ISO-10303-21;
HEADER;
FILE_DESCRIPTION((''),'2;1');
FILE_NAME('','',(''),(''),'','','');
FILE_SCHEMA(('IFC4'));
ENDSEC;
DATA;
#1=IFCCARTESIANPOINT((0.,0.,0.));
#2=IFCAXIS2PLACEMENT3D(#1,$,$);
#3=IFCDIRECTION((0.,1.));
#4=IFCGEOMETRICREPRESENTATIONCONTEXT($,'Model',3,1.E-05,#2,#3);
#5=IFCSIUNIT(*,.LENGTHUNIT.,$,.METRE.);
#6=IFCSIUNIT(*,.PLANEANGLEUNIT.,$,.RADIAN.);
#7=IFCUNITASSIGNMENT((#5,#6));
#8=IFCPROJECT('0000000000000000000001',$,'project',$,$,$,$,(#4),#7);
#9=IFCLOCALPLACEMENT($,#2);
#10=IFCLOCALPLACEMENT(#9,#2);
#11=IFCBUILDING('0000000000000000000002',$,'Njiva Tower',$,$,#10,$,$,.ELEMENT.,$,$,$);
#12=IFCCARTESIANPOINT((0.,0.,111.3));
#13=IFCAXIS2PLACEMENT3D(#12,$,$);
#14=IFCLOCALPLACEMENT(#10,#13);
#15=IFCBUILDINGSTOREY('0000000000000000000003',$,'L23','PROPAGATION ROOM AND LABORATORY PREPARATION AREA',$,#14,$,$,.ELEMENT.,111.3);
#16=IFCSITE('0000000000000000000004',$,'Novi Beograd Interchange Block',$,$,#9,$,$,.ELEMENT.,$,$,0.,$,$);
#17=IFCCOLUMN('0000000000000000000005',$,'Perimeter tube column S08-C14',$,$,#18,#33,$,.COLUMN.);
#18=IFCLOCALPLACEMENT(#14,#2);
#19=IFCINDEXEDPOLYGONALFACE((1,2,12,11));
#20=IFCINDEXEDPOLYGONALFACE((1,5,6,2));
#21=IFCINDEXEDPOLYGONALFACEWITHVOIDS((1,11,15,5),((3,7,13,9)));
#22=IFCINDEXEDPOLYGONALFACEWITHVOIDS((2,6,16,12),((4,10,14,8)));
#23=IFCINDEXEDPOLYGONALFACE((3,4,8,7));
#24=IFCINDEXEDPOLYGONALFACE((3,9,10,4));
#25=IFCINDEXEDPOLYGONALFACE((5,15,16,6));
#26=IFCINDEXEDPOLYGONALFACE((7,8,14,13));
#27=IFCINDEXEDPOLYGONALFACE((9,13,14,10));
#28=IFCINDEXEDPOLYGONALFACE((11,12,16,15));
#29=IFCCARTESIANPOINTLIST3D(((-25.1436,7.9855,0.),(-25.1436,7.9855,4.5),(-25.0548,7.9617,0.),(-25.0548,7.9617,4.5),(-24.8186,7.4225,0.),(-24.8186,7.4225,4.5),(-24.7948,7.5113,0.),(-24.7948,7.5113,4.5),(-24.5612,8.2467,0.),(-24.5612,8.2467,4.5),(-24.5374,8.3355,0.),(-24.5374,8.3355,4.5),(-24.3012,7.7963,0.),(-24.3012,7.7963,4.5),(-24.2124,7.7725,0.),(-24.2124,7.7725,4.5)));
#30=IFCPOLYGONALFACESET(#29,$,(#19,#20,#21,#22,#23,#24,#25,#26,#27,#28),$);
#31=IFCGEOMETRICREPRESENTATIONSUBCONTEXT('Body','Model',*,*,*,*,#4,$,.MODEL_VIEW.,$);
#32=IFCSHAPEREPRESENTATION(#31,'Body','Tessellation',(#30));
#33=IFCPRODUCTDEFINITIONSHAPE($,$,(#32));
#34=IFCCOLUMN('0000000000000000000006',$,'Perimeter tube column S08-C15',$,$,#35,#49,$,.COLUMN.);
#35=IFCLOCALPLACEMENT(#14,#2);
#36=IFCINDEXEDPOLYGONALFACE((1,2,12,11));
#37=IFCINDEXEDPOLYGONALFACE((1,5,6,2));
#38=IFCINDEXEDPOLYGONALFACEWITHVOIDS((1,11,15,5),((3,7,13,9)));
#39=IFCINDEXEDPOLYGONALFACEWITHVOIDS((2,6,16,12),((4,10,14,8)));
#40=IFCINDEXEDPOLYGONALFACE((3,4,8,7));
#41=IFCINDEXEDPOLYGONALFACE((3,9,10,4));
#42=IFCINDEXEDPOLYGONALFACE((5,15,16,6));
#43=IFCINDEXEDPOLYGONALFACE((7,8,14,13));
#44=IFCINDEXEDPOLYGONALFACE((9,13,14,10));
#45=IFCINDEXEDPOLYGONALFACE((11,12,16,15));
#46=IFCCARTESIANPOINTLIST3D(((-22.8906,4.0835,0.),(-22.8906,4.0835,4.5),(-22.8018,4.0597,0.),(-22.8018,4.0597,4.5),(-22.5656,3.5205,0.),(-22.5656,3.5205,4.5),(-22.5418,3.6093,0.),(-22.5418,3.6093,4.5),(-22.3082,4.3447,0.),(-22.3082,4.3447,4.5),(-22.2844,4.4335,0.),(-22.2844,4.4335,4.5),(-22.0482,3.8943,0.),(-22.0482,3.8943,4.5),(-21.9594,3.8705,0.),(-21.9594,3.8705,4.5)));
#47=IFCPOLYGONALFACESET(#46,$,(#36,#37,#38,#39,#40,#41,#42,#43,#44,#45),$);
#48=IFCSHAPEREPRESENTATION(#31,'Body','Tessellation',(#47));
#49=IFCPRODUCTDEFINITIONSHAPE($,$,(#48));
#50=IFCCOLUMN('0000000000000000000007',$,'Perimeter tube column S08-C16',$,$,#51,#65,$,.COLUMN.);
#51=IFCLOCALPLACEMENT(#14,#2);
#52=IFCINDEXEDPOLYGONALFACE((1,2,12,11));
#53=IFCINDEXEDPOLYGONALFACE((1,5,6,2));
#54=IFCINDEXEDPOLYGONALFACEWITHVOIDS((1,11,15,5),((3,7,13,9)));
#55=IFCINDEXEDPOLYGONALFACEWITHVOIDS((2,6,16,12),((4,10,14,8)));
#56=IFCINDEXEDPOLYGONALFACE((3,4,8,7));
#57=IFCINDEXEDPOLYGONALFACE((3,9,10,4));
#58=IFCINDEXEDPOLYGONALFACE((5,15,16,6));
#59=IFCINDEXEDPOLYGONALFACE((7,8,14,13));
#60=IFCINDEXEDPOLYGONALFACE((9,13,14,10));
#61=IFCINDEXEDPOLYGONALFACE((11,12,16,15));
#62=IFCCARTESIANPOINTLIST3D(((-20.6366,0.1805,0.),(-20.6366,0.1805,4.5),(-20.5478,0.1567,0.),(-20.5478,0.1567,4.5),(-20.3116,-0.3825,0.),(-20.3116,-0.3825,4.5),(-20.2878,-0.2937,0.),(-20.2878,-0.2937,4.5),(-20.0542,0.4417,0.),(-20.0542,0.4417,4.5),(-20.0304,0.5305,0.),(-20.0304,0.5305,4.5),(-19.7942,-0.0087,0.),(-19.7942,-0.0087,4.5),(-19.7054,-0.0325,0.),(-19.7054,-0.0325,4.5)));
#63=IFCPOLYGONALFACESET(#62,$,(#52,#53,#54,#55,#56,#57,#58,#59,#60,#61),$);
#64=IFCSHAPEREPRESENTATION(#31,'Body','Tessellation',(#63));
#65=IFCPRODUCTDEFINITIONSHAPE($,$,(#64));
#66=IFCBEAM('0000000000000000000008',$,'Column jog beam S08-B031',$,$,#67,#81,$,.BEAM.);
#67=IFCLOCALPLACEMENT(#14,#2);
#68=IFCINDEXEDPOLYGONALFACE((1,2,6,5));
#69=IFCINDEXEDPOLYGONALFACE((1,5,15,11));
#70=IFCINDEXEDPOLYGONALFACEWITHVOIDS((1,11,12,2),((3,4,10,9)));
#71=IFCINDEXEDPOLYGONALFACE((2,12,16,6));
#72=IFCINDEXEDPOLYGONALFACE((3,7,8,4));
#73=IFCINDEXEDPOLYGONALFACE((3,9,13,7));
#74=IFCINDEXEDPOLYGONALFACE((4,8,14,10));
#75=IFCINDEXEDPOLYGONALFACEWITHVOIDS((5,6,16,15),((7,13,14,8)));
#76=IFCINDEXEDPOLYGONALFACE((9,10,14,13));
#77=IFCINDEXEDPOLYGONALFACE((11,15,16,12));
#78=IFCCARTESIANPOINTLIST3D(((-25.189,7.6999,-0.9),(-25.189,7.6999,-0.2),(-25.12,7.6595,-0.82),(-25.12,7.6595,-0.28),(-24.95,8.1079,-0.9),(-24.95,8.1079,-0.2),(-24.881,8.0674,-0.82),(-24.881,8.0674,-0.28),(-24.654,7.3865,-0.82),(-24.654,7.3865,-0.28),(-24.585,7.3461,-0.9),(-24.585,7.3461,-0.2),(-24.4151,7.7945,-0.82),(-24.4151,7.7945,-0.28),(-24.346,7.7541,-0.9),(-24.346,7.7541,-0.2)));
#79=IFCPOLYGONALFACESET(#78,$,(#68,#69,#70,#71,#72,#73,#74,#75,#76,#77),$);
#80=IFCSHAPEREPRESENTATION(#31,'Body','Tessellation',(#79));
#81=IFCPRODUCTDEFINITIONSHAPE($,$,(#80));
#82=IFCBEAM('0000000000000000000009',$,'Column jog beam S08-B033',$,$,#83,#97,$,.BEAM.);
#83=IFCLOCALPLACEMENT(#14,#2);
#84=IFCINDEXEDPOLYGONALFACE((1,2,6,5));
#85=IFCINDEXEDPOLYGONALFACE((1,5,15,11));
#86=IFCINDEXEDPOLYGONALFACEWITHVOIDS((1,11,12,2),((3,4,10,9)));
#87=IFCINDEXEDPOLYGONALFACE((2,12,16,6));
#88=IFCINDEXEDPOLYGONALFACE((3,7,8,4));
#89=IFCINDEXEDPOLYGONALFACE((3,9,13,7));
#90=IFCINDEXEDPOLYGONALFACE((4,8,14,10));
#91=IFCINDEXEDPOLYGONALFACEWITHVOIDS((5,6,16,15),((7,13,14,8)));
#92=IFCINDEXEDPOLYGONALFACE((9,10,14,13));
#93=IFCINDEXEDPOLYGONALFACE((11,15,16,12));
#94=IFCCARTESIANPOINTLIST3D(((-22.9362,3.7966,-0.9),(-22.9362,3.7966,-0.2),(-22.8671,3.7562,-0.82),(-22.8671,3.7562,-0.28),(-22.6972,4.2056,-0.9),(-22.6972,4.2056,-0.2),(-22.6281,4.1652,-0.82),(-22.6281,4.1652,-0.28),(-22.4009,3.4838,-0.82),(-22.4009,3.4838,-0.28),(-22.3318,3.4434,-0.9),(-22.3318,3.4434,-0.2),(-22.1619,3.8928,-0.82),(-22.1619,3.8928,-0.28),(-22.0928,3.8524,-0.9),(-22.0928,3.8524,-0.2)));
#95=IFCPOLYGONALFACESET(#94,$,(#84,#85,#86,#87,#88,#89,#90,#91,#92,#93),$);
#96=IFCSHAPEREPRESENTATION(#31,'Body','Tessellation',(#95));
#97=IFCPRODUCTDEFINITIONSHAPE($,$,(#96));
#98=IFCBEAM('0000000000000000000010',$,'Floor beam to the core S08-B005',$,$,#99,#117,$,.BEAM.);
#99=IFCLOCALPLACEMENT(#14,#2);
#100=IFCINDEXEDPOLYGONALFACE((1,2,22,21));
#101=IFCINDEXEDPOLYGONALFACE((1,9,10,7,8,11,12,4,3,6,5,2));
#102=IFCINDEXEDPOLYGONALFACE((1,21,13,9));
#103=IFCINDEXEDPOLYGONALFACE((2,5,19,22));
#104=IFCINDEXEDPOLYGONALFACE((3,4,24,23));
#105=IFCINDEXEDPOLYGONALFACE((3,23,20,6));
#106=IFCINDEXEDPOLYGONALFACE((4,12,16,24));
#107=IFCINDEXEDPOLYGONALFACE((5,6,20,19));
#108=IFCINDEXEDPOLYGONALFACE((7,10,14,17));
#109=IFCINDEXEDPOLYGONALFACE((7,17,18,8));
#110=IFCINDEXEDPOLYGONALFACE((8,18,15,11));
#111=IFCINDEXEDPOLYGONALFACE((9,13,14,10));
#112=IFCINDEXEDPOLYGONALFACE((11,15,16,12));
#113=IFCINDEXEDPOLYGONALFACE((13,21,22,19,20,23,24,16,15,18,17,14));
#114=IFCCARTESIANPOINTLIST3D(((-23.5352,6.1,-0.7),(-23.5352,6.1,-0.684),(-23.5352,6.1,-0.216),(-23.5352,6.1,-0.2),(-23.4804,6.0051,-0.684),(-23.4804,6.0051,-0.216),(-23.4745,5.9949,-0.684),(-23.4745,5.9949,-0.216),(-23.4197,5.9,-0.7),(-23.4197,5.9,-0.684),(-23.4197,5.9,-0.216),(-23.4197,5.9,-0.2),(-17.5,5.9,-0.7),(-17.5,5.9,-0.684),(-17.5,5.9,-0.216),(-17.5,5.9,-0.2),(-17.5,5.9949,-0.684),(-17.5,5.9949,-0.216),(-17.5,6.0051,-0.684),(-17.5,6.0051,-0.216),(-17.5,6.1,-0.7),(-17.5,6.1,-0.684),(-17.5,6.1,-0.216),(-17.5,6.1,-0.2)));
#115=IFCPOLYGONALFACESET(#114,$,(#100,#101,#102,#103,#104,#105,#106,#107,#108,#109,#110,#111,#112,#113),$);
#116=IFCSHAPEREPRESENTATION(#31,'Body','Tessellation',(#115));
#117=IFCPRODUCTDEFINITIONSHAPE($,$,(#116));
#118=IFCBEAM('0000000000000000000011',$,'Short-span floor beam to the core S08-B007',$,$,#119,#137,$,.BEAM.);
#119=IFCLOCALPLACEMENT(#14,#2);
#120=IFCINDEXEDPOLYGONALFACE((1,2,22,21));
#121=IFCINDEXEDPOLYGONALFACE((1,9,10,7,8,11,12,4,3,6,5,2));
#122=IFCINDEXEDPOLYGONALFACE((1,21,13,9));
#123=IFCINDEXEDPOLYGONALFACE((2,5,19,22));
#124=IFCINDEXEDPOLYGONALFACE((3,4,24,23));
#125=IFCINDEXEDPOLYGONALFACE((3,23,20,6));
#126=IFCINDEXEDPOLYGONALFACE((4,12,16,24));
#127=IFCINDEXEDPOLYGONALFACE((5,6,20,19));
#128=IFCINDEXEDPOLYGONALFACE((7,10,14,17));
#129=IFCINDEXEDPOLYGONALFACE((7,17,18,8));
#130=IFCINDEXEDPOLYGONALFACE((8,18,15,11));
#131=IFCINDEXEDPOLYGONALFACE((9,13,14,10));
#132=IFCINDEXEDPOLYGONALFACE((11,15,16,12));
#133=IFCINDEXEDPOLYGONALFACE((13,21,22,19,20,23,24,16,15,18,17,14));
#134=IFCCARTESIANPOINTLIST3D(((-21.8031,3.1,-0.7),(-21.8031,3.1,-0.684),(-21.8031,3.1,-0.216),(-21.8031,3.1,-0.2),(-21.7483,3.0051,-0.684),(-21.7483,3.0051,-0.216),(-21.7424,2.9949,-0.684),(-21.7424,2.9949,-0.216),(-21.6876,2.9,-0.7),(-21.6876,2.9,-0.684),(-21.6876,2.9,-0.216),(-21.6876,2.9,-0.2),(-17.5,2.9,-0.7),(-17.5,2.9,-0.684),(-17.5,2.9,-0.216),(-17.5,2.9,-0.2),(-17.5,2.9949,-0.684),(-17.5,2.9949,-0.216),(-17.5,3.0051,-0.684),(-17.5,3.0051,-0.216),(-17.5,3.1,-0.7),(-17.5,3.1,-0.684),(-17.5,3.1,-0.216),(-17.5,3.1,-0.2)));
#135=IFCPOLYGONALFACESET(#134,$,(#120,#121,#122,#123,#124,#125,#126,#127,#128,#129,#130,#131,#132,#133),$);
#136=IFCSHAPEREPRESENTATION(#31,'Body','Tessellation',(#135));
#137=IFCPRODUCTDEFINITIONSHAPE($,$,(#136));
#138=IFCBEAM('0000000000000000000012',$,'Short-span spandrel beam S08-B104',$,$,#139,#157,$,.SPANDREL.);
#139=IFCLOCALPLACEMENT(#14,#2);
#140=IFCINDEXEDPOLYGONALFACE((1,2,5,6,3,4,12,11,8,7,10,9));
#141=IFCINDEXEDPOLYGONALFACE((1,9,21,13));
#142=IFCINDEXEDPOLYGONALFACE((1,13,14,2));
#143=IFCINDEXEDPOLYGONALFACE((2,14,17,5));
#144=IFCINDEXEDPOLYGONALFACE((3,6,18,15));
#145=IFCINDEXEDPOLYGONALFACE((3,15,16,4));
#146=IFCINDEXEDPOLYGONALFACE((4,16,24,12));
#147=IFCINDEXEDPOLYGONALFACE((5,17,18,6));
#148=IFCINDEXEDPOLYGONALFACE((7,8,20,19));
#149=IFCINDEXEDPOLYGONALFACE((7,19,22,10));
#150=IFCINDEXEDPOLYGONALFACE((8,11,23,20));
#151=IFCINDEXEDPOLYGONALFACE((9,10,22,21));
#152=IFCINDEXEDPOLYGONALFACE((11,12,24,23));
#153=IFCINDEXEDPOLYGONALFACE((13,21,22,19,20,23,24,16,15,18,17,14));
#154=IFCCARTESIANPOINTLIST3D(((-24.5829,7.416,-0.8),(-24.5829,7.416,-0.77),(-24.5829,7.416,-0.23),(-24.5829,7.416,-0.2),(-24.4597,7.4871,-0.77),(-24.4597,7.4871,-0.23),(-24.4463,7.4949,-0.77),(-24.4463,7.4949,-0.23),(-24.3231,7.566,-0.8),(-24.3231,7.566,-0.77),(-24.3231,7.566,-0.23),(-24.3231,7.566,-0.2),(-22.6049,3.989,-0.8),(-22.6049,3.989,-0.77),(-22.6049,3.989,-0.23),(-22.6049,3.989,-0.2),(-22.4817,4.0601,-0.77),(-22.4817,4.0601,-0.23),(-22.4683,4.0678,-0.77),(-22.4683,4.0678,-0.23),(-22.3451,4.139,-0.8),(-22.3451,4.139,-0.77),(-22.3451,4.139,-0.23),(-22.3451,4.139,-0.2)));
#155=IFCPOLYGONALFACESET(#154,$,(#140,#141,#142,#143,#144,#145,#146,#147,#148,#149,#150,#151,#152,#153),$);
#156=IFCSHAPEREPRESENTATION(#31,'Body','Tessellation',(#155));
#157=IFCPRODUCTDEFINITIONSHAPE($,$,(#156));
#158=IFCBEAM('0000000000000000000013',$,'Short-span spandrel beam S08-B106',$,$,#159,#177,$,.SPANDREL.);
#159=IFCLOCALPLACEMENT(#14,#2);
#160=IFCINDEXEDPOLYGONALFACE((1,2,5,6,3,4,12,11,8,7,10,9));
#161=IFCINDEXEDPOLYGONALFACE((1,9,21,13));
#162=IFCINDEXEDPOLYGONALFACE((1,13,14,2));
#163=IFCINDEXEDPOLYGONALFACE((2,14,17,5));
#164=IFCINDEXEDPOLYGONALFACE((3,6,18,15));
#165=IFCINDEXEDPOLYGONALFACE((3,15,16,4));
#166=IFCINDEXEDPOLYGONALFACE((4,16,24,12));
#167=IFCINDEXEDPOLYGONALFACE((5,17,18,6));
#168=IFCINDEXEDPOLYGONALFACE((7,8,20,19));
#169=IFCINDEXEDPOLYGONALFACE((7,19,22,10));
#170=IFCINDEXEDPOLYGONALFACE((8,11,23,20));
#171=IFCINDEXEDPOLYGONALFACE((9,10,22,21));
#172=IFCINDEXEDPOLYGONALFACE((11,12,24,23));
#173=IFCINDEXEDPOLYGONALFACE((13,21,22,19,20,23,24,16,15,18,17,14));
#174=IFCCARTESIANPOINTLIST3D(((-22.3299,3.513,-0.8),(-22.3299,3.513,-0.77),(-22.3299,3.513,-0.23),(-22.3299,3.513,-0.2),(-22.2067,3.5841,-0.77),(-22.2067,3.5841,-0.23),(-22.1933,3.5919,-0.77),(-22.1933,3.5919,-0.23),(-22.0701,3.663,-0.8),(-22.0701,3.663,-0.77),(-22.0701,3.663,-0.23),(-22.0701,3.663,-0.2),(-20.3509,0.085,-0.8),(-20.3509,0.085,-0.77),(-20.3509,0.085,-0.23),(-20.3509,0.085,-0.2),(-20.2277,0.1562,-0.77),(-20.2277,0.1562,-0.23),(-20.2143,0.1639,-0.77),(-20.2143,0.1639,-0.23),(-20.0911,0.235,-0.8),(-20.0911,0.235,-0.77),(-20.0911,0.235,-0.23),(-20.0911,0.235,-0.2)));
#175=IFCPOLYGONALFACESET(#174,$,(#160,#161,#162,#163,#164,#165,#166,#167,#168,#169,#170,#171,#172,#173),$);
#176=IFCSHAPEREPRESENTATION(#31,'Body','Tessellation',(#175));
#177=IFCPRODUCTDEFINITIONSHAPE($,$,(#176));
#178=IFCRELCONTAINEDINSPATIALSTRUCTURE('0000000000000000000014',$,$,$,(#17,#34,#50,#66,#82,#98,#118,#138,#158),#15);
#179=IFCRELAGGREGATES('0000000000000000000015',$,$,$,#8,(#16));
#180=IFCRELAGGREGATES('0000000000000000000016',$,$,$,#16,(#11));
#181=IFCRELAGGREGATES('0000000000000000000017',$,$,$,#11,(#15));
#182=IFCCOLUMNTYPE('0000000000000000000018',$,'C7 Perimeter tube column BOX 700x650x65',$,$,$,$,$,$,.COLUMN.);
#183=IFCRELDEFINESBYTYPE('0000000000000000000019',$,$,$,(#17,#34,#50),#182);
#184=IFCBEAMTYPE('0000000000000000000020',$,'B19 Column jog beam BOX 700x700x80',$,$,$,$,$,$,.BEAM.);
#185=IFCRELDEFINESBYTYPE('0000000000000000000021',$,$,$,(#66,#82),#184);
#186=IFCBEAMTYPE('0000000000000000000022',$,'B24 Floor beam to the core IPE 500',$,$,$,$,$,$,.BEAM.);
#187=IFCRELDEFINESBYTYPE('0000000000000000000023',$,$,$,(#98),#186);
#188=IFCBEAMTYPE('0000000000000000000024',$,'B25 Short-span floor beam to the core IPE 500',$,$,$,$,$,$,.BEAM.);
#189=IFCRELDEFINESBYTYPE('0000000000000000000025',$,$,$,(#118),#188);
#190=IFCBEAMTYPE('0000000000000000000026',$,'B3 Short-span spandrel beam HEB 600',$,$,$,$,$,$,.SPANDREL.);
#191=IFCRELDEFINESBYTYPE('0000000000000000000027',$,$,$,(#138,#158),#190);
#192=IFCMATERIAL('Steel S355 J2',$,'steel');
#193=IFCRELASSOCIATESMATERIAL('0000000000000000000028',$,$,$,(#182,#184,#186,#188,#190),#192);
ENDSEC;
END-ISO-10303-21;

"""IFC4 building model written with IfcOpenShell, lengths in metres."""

from ifc_helpers import new_model, si_unit, direction, frame, origin, origin_2d, place, context, subcontext, project, spatial, hollow_rectangle, i_section, extrude, clip, halfspace, material, material_profile, profile_set, type_object, element, save


model = new_model("IFC4")

# Units and contexts
model_context = context("Model", 3, precision=1e-05, world=origin(), true_north=direction((0.0, 1.0)))
body_context = subcontext(model_context, "Body", "Model", "MODEL_VIEW")
ifc_project = project(units=[si_unit("LENGTHUNIT", "METRE"), si_unit("PLANEANGLEUNIT", "RADIAN")], contexts=[model_context])

# Site, building, storey
site_placement = place(None, origin())
site = spatial("IfcSite", under=ifc_project, at=site_placement, Name="Novi Beograd Interchange Block", CompositionType="ELEMENT", RefElevation=0.0)
building_placement = place(site_placement, origin())
building = spatial("IfcBuilding", under=site, at=building_placement, Name="Njiva Tower", CompositionType="ELEMENT")
storey_placement = place(building_placement, frame((0.0, 0.0, 111.3)))
storey = spatial("IfcBuildingStorey", under=building, at=storey_placement, Name="L23", Description="PROPAGATION ROOM AND LABORATORY PREPARATION AREA", CompositionType="ELEMENT", Elevation=111.3)

# Columns
ifc_material_1 = material(Name="Steel S355 J2", Category="steel")
ifc_material_profile_1 = material_profile(ifc_material_1, hollow_rectangle(XDim=0.65, YDim=0.7, WallThickness=0.065, at=origin_2d()), Name="BOX 700x650x65")
ifc_profile_set_1 = profile_set([ifc_material_profile_1], Name="Steel S355 J2")
column_type = type_object("IfcColumnType", Name="C7 Perimeter tube column BOX 700x650x65", PredefinedType="COLUMN", material=ifc_profile_set_1)
for number, where, z_axis, x_axis, name in (
    (1, (-24.678, 7.879, 0.0), (0.0, 0.0, 1.0), (0.5, -0.866025, 0.0), "Perimeter tube column S08-C14"),
    (2, (-22.425, 3.977, 0.0), (0.0, 0.0, 1.0), (0.5, -0.866025, 0.0), "Perimeter tube column S08-C15"),
    (3, (-20.171, 0.074, 0.0), (0.0, 0.0, 1.0), (0.5, -0.866025, 0.0), "Perimeter tube column S08-C16"),
):
    element("IfcColumn", number, at=place(storey_placement, frame(where, z_axis=z_axis, x_axis=x_axis)), inside=storey, type_object=column_type, Name=name, PredefinedType="COLUMN", context=body_context, shape_type="SweptSolid", body=[
        extrude(hollow_rectangle(XDim=0.65, YDim=0.7, WallThickness=0.065, at=origin_2d()), origin(), (0.0, 0.0, 1.0), 4.5),
    ])

# Beams
ifc_material_profile_2 = material_profile(ifc_material_1, hollow_rectangle(XDim=0.7, YDim=0.7, WallThickness=0.08, at=origin_2d()), Name="BOX 700x700x80")
ifc_profile_set_2 = profile_set([ifc_material_profile_2], Name="Steel S355 J2")
beam_type_1 = type_object("IfcBeamType", Name="B19 Column jog beam BOX 700x700x80", PredefinedType="BEAM", material=ifc_profile_set_2)
beam_1_placement = place(storey_placement, frame((-24.887, 7.523, -0.55), z_axis=(0.505448, 0.862857, 0.0), x_axis=(-0.862857, 0.505448, 0.0)))
element("IfcBeam", 4, at=beam_1_placement, inside=storey, type_object=beam_type_1, Name="Column jog beam S08-B031", PredefinedType="BEAM", context=body_context, shape_type="SweptSolid", body=[
    extrude(hollow_rectangle(XDim=0.7, YDim=0.7, WallThickness=0.08, at=origin_2d()), origin(), (0.0, 0.0, 1.0), 0.4728),
])
beam_2_placement = place(storey_placement, frame((-22.634, 3.62, -0.55), z_axis=(0.504527, 0.863396, 0.0), x_axis=(-0.863396, 0.504527, 0.0)))
element("IfcBeam", 5, at=beam_2_placement, inside=storey, type_object=beam_type_1, Name="Column jog beam S08-B033", PredefinedType="BEAM", context=body_context, shape_type="SweptSolid", body=[
    extrude(hollow_rectangle(XDim=0.7, YDim=0.7, WallThickness=0.08, at=origin_2d()), origin(), (0.0, 0.0, 1.0), 0.4737),
])
ifc_material_profile_3 = material_profile(ifc_material_1, i_section(OverallWidth=0.2, OverallDepth=0.5, WebThickness=0.0102, FlangeThickness=0.016, at=origin_2d()), Name="IPE 500")
ifc_profile_set_3 = profile_set([ifc_material_profile_3], Name="Steel S355 J2")
beam_type_2 = type_object("IfcBeamType", Name="B24 Floor beam to the core IPE 500", PredefinedType="BEAM", material=ifc_profile_set_3)
beam_3_placement = place(storey_placement, frame((-23.555, 6.0, -0.45), z_axis=(1.0, 0.0, 0.0), x_axis=(0.0, 1.0, 0.0)))
element("IfcBeam", 6, at=beam_3_placement, inside=storey, type_object=beam_type_2, Name="Floor beam to the core S08-B005", PredefinedType="BEAM", context=body_context, shape_type="Clipping", body=[
    clip(extrude(i_section(OverallWidth=0.2, OverallDepth=0.5, WebThickness=0.0102, FlangeThickness=0.016, at=origin_2d()), origin(), (0.0, 0.0, 1.0), 6.055), halfspace(frame((-0.025, 0.0, 0.092), z_axis=(-0.499998, 0.0, -0.866027), x_axis=(0.0, -1.0, 0.0)), False)),
])
ifc_material_profile_4 = material_profile(ifc_material_1, i_section(OverallWidth=0.2, OverallDepth=0.5, WebThickness=0.0102, FlangeThickness=0.016, at=origin_2d()), Name="IPE 500")
ifc_profile_set_4 = profile_set([ifc_material_profile_4], Name="Steel S355 J2")
beam_type_3 = type_object("IfcBeamType", Name="B25 Short-span floor beam to the core IPE 500", PredefinedType="BEAM", material=ifc_profile_set_4)
beam_4_placement = place(storey_placement, frame((-21.823, 3.0, -0.45), z_axis=(1.0, 0.0, 0.0), x_axis=(0.0, 1.0, 0.0)))
element("IfcBeam", 7, at=beam_4_placement, inside=storey, type_object=beam_type_3, Name="Short-span floor beam to the core S08-B007", PredefinedType="BEAM", context=body_context, shape_type="Clipping", body=[
    clip(extrude(i_section(OverallWidth=0.2, OverallDepth=0.5, WebThickness=0.0102, FlangeThickness=0.016, at=origin_2d()), origin(), (0.0, 0.0, 1.0), 4.323), halfspace(frame((-0.025, 0.0, 0.0921), z_axis=(-0.499998, 0.0, -0.866027), x_axis=(0.0, -1.0, 0.0)), False)),
])
ifc_material_profile_5 = material_profile(ifc_material_1, i_section(OverallWidth=0.3, OverallDepth=0.6, WebThickness=0.0155, FlangeThickness=0.03, at=origin_2d()), Name="HEB 600")
ifc_profile_set_5 = profile_set([ifc_material_profile_5], Name="Steel S355 J2")
beam_type_4 = type_object("IfcBeamType", Name="B3 Short-span spandrel beam HEB 600", PredefinedType="SPANDREL", material=ifc_profile_set_5)
beam_5_placement = place(storey_placement, frame((-24.453, 7.491, -0.5), z_axis=(0.49989, -0.866089, 0.0), x_axis=(0.866089, 0.49989, 0.0)))
element("IfcBeam", 8, at=beam_5_placement, inside=storey, type_object=beam_type_4, Name="Short-span spandrel beam S08-B104", PredefinedType="SPANDREL", context=body_context, shape_type="SweptSolid", body=[
    extrude(i_section(OverallWidth=0.3, OverallDepth=0.6, WebThickness=0.0155, FlangeThickness=0.03, at=origin_2d()), origin(), (0.0, 0.0, 1.0), 3.9569),
])
beam_6_placement = place(storey_placement, frame((-22.2, 3.588, -0.5), z_axis=(0.49997, -0.866043, 0.0), x_axis=(0.866043, 0.49997, 0.0)))
element("IfcBeam", 9, at=beam_6_placement, inside=storey, type_object=beam_type_4, Name="Short-span spandrel beam S08-B106", PredefinedType="SPANDREL", context=body_context, shape_type="SweptSolid", body=[
    extrude(i_section(OverallWidth=0.3, OverallDepth=0.6, WebThickness=0.0155, FlangeThickness=0.03, at=origin_2d()), origin(), (0.0, 0.0, 1.0), 3.9582),
])

save(model, "model.ifc")
